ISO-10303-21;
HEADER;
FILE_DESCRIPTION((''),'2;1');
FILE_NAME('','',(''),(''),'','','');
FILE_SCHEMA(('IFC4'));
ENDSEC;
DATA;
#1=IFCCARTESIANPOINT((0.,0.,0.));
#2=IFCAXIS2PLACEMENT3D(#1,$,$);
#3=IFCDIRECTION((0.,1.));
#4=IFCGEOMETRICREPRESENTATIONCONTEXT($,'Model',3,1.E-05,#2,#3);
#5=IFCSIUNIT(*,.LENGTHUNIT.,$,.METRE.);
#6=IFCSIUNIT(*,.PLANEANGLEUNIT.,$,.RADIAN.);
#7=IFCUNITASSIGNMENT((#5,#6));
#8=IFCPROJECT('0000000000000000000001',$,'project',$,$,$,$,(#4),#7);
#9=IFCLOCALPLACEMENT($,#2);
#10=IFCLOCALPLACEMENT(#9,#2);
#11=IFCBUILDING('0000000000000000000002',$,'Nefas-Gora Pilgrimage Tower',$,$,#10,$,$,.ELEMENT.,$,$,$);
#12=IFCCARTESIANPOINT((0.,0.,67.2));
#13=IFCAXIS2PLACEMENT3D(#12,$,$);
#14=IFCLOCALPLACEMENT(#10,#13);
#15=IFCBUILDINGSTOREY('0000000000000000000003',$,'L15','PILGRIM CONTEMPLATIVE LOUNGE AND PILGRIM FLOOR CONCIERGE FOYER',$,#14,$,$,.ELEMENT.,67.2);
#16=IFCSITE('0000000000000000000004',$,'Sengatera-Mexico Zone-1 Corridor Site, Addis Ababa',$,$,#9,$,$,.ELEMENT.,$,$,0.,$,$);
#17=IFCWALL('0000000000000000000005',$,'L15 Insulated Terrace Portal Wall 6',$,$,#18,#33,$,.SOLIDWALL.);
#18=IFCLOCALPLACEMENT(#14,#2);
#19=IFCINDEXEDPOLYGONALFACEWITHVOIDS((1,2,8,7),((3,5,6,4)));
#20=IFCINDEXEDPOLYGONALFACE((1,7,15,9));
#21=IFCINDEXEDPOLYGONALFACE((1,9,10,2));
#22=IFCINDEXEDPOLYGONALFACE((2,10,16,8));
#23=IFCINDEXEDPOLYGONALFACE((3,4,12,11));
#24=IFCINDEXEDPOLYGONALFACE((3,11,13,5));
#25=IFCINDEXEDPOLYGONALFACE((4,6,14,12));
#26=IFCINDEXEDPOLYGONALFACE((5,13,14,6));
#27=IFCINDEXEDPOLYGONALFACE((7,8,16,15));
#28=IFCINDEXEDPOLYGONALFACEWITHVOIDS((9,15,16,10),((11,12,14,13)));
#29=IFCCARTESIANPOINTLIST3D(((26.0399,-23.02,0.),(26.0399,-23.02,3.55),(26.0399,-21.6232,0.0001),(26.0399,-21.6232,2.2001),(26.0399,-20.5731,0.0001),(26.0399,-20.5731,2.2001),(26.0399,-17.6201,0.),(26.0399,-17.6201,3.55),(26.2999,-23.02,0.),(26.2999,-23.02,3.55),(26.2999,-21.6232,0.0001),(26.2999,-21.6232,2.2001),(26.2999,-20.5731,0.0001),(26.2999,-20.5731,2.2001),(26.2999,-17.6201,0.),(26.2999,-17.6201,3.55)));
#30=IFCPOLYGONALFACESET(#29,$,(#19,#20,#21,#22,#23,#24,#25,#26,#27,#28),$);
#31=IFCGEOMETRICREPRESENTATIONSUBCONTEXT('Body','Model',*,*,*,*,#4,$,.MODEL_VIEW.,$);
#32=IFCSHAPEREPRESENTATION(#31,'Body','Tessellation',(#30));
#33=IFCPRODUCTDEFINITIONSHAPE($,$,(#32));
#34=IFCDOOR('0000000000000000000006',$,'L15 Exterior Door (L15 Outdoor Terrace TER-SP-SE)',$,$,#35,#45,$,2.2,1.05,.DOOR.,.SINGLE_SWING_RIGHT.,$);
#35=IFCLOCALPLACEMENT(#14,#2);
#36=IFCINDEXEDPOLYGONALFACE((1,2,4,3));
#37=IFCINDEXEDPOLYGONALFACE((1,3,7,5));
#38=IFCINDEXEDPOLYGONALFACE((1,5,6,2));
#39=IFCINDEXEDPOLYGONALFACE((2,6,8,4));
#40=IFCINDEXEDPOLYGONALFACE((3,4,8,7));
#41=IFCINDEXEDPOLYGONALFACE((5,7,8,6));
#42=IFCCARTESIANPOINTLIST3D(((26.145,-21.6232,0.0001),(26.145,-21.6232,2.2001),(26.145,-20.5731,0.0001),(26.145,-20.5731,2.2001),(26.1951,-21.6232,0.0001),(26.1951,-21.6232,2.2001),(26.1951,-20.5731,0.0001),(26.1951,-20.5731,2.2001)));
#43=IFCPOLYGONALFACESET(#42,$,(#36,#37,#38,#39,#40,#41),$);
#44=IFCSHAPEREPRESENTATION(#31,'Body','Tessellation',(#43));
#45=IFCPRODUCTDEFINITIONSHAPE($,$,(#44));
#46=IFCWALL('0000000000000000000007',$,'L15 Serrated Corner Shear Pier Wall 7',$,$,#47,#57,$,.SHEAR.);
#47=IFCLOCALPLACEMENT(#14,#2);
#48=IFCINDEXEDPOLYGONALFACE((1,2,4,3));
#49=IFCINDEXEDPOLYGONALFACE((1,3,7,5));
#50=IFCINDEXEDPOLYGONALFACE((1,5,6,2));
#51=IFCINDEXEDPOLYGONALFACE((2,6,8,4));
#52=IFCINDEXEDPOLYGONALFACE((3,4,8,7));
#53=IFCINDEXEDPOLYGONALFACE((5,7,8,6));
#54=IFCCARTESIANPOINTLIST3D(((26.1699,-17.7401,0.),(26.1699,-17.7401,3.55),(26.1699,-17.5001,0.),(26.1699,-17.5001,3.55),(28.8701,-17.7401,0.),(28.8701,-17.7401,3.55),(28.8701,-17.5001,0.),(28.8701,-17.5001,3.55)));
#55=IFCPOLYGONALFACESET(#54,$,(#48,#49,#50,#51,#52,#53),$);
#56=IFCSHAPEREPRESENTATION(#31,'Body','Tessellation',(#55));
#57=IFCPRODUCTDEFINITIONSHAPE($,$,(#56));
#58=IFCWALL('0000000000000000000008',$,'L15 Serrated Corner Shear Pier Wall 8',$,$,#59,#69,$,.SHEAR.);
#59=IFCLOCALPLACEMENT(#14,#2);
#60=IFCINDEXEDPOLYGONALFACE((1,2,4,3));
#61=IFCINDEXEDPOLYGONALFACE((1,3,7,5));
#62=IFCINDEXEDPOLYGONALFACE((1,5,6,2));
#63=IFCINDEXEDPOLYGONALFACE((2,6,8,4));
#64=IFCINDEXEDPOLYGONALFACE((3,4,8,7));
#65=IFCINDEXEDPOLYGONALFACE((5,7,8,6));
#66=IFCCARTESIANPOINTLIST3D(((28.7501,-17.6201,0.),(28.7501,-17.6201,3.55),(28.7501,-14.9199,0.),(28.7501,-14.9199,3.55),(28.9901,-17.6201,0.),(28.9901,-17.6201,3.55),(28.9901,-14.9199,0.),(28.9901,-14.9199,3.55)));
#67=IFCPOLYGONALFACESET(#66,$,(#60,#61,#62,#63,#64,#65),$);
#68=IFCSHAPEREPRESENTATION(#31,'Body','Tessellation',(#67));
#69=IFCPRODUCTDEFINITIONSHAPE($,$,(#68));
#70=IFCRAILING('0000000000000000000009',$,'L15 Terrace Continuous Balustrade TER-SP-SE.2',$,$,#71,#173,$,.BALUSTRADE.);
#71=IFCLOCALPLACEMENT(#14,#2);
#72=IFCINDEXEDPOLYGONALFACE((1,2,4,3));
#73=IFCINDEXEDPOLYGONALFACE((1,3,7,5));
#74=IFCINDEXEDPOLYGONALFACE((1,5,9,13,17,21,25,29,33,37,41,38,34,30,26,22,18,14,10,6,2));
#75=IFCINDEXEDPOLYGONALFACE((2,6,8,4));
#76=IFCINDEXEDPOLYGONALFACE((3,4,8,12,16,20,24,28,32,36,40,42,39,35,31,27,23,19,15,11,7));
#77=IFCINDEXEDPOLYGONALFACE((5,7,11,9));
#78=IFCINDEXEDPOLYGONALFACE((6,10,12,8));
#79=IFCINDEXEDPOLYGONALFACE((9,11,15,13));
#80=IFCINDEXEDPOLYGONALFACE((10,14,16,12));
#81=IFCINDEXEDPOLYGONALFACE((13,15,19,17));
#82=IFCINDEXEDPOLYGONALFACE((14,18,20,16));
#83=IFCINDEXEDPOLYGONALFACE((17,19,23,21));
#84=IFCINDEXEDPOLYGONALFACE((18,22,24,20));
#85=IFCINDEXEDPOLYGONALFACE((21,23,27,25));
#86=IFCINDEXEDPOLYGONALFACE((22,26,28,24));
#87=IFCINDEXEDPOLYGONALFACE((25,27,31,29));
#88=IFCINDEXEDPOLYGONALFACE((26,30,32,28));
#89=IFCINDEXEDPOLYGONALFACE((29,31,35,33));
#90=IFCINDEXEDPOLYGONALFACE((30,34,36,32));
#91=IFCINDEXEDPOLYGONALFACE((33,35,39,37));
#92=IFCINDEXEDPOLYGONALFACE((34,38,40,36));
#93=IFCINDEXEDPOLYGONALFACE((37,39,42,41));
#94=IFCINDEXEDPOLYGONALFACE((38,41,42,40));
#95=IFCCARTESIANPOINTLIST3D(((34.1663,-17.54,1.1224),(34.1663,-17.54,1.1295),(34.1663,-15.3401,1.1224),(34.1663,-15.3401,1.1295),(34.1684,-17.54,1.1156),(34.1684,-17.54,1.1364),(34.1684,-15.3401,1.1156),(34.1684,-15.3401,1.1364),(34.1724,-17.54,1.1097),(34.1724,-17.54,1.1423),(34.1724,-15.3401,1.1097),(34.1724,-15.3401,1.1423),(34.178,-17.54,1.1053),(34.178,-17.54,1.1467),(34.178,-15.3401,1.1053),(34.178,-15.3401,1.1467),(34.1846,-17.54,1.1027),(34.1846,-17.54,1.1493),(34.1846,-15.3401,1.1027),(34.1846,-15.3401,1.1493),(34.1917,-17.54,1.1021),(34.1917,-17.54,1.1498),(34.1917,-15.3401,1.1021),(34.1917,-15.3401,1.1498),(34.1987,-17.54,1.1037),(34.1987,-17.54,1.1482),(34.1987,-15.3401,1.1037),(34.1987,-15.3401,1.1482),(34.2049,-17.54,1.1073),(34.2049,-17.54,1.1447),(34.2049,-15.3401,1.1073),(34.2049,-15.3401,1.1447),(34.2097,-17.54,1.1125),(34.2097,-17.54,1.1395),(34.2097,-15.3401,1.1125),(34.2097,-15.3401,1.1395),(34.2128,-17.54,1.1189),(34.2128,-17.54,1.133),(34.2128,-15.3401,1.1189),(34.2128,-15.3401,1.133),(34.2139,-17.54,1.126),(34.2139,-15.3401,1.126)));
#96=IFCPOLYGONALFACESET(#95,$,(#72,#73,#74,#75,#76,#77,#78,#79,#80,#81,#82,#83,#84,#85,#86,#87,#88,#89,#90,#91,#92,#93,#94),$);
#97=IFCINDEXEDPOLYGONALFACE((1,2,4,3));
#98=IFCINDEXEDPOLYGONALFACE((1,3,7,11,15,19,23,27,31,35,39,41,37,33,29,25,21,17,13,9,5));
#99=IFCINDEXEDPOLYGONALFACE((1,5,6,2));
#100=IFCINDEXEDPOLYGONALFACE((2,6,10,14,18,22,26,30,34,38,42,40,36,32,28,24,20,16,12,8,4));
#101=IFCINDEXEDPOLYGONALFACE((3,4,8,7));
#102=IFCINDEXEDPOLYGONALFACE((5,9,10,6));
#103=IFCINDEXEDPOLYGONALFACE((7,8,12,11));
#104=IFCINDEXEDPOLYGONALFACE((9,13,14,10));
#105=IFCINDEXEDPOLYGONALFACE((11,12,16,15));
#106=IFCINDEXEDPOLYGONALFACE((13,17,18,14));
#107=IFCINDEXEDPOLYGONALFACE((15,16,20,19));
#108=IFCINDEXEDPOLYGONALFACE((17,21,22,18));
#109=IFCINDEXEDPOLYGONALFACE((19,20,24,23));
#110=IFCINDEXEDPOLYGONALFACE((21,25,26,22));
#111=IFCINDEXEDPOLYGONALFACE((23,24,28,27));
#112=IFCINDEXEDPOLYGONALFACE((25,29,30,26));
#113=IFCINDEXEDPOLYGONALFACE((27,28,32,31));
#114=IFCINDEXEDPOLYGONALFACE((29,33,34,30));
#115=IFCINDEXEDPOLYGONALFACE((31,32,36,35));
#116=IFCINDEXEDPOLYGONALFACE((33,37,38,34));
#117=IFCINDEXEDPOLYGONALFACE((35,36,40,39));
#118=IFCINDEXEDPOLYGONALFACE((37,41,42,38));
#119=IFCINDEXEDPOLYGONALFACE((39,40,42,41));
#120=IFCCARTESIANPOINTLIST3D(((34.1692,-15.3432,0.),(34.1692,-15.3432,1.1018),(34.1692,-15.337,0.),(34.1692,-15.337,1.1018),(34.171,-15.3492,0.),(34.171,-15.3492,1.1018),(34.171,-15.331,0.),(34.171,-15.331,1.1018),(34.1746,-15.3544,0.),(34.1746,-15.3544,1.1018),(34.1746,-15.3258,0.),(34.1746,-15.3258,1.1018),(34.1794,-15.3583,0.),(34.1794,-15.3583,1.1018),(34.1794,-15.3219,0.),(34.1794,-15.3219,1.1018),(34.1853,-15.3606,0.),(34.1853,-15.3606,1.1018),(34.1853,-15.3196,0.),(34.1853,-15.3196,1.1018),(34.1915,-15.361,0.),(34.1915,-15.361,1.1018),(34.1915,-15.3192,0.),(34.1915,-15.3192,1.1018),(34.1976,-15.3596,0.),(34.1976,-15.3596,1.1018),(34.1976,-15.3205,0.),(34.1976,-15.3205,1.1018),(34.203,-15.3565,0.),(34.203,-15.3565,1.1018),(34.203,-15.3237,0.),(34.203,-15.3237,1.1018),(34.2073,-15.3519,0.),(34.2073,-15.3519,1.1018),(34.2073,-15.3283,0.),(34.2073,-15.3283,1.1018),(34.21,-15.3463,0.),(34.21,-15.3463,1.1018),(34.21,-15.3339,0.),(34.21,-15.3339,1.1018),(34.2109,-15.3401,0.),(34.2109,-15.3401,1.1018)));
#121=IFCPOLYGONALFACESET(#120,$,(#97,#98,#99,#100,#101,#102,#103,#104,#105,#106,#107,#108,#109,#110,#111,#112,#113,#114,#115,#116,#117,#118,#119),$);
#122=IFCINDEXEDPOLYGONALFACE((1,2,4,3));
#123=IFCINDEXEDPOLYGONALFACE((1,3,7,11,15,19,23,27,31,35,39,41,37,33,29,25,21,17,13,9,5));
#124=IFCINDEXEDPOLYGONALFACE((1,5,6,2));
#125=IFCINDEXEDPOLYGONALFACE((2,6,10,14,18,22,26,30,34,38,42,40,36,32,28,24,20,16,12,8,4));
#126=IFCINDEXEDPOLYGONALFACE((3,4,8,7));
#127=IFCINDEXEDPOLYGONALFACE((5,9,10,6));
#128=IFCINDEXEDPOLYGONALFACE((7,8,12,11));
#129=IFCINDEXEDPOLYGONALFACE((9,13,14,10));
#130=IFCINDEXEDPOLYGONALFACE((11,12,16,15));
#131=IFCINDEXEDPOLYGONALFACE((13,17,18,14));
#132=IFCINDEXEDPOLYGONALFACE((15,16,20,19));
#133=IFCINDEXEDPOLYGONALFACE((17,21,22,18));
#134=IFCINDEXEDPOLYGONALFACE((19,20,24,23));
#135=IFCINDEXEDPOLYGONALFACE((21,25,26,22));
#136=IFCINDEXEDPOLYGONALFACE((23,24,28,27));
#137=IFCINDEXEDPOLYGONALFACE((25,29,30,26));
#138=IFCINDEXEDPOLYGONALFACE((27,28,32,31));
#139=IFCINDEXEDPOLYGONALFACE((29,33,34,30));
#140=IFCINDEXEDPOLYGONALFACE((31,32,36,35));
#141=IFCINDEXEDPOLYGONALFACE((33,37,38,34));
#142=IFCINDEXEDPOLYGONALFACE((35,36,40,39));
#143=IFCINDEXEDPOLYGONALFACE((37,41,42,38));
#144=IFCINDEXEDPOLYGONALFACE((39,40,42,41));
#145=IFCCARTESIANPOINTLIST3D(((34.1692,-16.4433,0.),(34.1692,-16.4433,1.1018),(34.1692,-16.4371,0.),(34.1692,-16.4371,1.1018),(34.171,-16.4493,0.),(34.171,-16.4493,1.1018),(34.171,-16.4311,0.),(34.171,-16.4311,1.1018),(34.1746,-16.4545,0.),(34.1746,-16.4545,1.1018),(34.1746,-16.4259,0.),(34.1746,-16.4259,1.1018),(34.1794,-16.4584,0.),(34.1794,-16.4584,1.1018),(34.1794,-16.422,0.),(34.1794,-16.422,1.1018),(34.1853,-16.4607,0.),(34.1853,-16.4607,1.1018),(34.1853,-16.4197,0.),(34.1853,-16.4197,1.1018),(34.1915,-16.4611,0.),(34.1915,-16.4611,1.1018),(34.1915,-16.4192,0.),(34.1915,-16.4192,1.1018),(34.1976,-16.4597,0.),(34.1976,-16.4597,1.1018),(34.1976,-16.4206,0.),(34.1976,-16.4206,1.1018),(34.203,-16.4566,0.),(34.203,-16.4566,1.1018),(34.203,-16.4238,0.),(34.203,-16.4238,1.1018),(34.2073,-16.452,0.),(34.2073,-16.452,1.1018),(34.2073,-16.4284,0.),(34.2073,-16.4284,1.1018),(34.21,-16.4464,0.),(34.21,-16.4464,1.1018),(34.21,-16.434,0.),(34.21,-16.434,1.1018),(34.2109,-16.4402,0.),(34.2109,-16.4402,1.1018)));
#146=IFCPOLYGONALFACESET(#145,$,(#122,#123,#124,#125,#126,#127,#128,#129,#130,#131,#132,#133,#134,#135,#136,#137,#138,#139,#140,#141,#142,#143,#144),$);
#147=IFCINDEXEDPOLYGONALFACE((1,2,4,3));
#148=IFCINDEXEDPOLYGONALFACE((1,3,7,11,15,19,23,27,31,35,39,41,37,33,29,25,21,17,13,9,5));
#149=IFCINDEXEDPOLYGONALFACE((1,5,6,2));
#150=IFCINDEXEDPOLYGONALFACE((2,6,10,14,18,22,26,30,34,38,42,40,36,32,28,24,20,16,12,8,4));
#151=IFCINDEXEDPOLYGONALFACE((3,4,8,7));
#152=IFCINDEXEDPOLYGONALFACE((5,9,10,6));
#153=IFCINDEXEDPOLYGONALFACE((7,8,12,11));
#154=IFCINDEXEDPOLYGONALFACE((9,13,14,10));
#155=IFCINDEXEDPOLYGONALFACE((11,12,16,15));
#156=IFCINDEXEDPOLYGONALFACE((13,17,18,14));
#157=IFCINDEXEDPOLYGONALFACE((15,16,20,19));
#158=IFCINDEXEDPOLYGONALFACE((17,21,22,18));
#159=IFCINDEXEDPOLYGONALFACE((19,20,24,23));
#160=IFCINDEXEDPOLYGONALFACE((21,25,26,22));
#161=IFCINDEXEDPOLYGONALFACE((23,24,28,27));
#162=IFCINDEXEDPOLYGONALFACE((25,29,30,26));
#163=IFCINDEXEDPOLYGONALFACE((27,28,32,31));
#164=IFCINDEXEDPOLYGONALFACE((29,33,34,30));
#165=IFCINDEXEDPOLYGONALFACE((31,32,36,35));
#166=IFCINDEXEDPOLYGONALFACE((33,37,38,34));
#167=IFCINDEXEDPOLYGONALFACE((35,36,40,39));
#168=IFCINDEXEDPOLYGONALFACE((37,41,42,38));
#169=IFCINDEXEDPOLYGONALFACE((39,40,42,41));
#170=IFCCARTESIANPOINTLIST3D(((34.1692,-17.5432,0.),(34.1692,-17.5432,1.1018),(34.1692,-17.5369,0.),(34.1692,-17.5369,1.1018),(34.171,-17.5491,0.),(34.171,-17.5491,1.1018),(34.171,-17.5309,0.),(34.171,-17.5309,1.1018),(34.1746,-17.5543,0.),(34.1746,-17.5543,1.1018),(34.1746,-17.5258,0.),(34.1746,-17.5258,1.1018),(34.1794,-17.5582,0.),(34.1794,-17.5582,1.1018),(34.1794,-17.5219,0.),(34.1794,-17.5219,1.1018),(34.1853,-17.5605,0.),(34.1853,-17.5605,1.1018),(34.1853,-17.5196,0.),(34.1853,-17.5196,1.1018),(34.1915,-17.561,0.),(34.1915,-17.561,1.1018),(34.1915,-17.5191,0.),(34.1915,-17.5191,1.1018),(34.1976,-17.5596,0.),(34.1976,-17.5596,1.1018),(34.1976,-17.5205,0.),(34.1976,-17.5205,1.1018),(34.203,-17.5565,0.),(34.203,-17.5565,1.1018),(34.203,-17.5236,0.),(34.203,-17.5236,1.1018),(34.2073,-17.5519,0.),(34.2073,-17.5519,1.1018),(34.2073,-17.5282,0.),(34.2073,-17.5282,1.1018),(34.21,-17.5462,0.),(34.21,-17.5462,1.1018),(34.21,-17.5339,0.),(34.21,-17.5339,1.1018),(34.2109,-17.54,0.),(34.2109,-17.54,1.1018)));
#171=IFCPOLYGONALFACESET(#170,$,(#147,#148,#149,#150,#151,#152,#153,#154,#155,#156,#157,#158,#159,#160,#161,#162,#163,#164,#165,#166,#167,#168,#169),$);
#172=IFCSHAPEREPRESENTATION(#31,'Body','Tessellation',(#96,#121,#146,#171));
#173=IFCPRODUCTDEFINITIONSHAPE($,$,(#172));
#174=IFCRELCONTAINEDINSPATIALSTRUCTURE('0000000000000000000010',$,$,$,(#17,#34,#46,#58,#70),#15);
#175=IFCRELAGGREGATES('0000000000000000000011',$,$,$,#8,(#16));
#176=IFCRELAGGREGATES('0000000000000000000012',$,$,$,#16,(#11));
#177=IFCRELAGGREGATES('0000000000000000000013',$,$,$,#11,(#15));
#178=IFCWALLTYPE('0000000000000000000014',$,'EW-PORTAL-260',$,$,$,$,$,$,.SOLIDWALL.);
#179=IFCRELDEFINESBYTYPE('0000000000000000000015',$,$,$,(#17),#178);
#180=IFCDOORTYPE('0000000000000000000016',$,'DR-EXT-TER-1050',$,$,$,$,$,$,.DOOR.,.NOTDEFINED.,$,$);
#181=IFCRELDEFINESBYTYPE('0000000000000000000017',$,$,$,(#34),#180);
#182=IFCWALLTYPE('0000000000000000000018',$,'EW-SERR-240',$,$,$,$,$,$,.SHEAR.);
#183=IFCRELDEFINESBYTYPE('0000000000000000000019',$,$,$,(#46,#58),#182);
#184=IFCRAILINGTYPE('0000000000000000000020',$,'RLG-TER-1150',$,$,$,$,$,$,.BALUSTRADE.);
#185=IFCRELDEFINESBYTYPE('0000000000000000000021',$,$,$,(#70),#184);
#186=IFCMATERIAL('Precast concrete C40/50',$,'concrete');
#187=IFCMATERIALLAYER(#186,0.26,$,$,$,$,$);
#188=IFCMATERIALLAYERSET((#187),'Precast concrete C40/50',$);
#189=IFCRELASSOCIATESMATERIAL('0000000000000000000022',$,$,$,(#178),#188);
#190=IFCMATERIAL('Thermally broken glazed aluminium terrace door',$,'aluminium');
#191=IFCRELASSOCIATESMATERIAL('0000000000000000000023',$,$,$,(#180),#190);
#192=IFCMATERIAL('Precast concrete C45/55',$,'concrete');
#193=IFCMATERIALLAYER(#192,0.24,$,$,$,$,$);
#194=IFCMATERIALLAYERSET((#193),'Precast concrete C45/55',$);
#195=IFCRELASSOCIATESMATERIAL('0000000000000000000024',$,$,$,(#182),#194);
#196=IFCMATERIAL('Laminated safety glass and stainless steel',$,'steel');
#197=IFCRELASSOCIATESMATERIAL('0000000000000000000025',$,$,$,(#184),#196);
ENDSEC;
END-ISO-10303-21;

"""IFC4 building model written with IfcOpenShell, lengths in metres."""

from ifc_helpers import new_model, si_unit, direction, frame, frame_2d, origin, origin_2d, place, context, subcontext, project, spatial, rectangle, circle, extrude, source, transform, mapped, material, layer, layer_set, type_object, element, fill, save


model = new_model("IFC4")

# Units and contexts
model_context = context("Model", 3, precision=1e-05, world=origin(), true_north=direction((0.0, 1.0)))
body_context = subcontext(model_context, "Body", "Model", "MODEL_VIEW")
ifc_project = project(units=[si_unit("LENGTHUNIT", "METRE"), si_unit("PLANEANGLEUNIT", "RADIAN")], contexts=[model_context])

# Site, building, storey
site_placement = place(None, origin())
site = spatial("IfcSite", under=ifc_project, at=site_placement, Name="Sengatera-Mexico Zone-1 Corridor Site, Addis Ababa", CompositionType="ELEMENT", RefElevation=0.0)
building_placement = place(site_placement, origin())
building = spatial("IfcBuilding", under=site, at=building_placement, Name="Nefas-Gora Pilgrimage Tower", CompositionType="ELEMENT")
storey_placement = place(building_placement, frame((0.0, 0.0, 67.2)))
storey = spatial("IfcBuildingStorey", under=building, at=storey_placement, Name="L15", Description="PILGRIM CONTEMPLATIVE LOUNGE AND PILGRIM FLOOR CONCIERGE FOYER", CompositionType="ELEMENT", Elevation=67.2)

# Wall, opening, door
ifc_material_1 = material(Name="Precast concrete C40/50", Category="concrete")
ifc_layer_1 = layer(ifc_material_1, 0.26)
ifc_layer_set_1 = layer_set([ifc_layer_1], Name="Precast concrete C40/50")
wall_type_1 = type_object("IfcWallType", Name="EW-PORTAL-260", PredefinedType="SOLIDWALL", material=ifc_layer_set_1)
shared_shape_1 = source(origin(), body_context, "Body", "SweptSolid", [
    extrude(rectangle(XDim=5.3999, YDim=0.26, at=frame_2d((2.7, 0.0))), origin(), (0.0, 0.0, 1.0), 3.55),
])
wall_placement = place(storey_placement, frame((26.1699, -23.02, 0.0), z_axis=(0.0, 0.0, 1.0), x_axis=(0.0, 1.0, 0.0)))
wall = element("IfcWall", 1, at=wall_placement, inside=storey, type_object=wall_type_1, Name="L15 Insulated Terrace Portal Wall 6", PredefinedType="SOLIDWALL", context=body_context, shape_type="MappedRepresentation", body=[
    mapped(shared_shape_1, transform((0.0, 0.0, 0.0), x_axis=(1.0, 0.0, 0.0), y_axis=(0.0, 1.0, 0.0), z_axis=(0.0, 0.0, 1.0), scale=1.0)),
])
opening_placement = place(wall_placement, frame((1.397, 0.0, 0.0)))
opening = element("IfcOpeningElement", 2, at=opening_placement, cuts=wall, PredefinedType="OPENING", context=body_context, shape_type="SweptSolid", body=[
    extrude(rectangle(XDim=1.05, YDim=2.2, at=frame_2d((0.5249, 1.1001))), frame((0.0, 0.1399, 0.0), z_axis=(0.0, -1.0, 0.0), x_axis=(1.0, 0.0, 0.0)), (0.0, 0.0, 1.0), 0.28),
])
ifc_material_2 = material(Name="Thermally broken glazed aluminium terrace door", Category="aluminium")
door_type = type_object("IfcDoorType", Name="DR-EXT-TER-1050", OperationType="NOTDEFINED", PredefinedType="DOOR", material=ifc_material_2)
shared_shape_2 = source(origin(), body_context, "Body", "SweptSolid", [
    extrude(rectangle(XDim=1.05, YDim=2.2, at=frame_2d((0.5249, 1.1001))), frame((0.0, 0.0249, 0.0), z_axis=(0.0, -1.0, 0.0), x_axis=(1.0, 0.0, 0.0)), (0.0, 0.0, 1.0), 0.05),
])
door_placement = place(opening_placement, origin())
door = element("IfcDoor", 3, at=door_placement, inside=storey, type_object=door_type, Name="L15 Exterior Door (L15 Outdoor Terrace TER-SP-SE)", OperationType="SINGLE_SWING_RIGHT", OverallHeight=2.2, OverallWidth=1.05, PredefinedType="DOOR", context=body_context, shape_type="MappedRepresentation", body=[
    mapped(shared_shape_2, transform((0.0, 0.0, 0.0), x_axis=(1.0, 0.0, 0.0), y_axis=(0.0, 1.0, 0.0), z_axis=(0.0, 0.0, 1.0), scale=1.0)),
])
fill(opening, door)

# Walls
ifc_material_3 = material(Name="Precast concrete C45/55", Category="concrete")
ifc_layer_2 = layer(ifc_material_3, 0.24)
ifc_layer_set_2 = layer_set([ifc_layer_2], Name="Precast concrete C45/55")
wall_type_2 = type_object("IfcWallType", Name="EW-SERR-240", PredefinedType="SHEAR", material=ifc_layer_set_2)
shared_shape_3 = source(origin(), body_context, "Body", "SweptSolid", [
    extrude(rectangle(XDim=2.7002, YDim=0.24, at=frame_2d((1.3501, 0.0))), origin(), (0.0, 0.0, 1.0), 3.55),
])
for number, where, z_axis, x_axis, name in (
    (4, (26.1699, -17.6201, 0.0), (0.0, 0.0, 1.0), (1.0, 0.0, 0.0), "L15 Serrated Corner Shear Pier Wall 7"),
    (5, (28.8701, -17.6201, 0.0), (0.0, 0.0, 1.0), (0.0, 1.0, 0.0), "L15 Serrated Corner Shear Pier Wall 8"),
):
    element("IfcWall", number, at=place(storey_placement, frame(where, z_axis=z_axis, x_axis=x_axis)), inside=storey, type_object=wall_type_2, Name=name, PredefinedType="SHEAR", context=body_context, shape_type="MappedRepresentation", body=[
        mapped(shared_shape_3, transform((0.0, 0.0, 0.0), x_axis=(1.0, 0.0, 0.0), y_axis=(0.0, 1.0, 0.0), z_axis=(0.0, 0.0, 1.0), scale=1.0)),
    ])

# Railing
ifc_material_4 = material(Name="Laminated safety glass and stainless steel", Category="steel")
railing_type = type_object("IfcRailingType", Name="RLG-TER-1150", PredefinedType="BALUSTRADE", material=ifc_material_4)
railing_1_placement = place(storey_placement, frame((34.1899, -15.3401, 0.0)))
element("IfcRailing", 6, at=railing_1_placement, inside=storey, type_object=railing_type, Name="L15 Terrace Continuous Balustrade TER-SP-SE.2", PredefinedType="BALUSTRADE", context=body_context, shape_type="SweptSolid", body=[
    extrude(circle(Radius=0.0239, at=origin_2d()), frame((0.0, 0.0, 1.126), z_axis=(0.0, -1.0, 0.0), x_axis=(1.0, 0.0, 0.0)), (0.0, 0.0, 1.0), 2.2),
    extrude(circle(Radius=0.021, at=origin_2d()), origin(), (0.0, 0.0, 1.0), 1.1018),
    extrude(circle(Radius=0.021, at=origin_2d()), frame((0.0, -1.1001, 0.0)), (0.0, 0.0, 1.0), 1.1018),
    extrude(circle(Radius=0.021, at=origin_2d()), frame((0.0, -2.2, 0.0)), (0.0, 0.0, 1.0), 1.1018),
])

save(model, "model.ifc")
